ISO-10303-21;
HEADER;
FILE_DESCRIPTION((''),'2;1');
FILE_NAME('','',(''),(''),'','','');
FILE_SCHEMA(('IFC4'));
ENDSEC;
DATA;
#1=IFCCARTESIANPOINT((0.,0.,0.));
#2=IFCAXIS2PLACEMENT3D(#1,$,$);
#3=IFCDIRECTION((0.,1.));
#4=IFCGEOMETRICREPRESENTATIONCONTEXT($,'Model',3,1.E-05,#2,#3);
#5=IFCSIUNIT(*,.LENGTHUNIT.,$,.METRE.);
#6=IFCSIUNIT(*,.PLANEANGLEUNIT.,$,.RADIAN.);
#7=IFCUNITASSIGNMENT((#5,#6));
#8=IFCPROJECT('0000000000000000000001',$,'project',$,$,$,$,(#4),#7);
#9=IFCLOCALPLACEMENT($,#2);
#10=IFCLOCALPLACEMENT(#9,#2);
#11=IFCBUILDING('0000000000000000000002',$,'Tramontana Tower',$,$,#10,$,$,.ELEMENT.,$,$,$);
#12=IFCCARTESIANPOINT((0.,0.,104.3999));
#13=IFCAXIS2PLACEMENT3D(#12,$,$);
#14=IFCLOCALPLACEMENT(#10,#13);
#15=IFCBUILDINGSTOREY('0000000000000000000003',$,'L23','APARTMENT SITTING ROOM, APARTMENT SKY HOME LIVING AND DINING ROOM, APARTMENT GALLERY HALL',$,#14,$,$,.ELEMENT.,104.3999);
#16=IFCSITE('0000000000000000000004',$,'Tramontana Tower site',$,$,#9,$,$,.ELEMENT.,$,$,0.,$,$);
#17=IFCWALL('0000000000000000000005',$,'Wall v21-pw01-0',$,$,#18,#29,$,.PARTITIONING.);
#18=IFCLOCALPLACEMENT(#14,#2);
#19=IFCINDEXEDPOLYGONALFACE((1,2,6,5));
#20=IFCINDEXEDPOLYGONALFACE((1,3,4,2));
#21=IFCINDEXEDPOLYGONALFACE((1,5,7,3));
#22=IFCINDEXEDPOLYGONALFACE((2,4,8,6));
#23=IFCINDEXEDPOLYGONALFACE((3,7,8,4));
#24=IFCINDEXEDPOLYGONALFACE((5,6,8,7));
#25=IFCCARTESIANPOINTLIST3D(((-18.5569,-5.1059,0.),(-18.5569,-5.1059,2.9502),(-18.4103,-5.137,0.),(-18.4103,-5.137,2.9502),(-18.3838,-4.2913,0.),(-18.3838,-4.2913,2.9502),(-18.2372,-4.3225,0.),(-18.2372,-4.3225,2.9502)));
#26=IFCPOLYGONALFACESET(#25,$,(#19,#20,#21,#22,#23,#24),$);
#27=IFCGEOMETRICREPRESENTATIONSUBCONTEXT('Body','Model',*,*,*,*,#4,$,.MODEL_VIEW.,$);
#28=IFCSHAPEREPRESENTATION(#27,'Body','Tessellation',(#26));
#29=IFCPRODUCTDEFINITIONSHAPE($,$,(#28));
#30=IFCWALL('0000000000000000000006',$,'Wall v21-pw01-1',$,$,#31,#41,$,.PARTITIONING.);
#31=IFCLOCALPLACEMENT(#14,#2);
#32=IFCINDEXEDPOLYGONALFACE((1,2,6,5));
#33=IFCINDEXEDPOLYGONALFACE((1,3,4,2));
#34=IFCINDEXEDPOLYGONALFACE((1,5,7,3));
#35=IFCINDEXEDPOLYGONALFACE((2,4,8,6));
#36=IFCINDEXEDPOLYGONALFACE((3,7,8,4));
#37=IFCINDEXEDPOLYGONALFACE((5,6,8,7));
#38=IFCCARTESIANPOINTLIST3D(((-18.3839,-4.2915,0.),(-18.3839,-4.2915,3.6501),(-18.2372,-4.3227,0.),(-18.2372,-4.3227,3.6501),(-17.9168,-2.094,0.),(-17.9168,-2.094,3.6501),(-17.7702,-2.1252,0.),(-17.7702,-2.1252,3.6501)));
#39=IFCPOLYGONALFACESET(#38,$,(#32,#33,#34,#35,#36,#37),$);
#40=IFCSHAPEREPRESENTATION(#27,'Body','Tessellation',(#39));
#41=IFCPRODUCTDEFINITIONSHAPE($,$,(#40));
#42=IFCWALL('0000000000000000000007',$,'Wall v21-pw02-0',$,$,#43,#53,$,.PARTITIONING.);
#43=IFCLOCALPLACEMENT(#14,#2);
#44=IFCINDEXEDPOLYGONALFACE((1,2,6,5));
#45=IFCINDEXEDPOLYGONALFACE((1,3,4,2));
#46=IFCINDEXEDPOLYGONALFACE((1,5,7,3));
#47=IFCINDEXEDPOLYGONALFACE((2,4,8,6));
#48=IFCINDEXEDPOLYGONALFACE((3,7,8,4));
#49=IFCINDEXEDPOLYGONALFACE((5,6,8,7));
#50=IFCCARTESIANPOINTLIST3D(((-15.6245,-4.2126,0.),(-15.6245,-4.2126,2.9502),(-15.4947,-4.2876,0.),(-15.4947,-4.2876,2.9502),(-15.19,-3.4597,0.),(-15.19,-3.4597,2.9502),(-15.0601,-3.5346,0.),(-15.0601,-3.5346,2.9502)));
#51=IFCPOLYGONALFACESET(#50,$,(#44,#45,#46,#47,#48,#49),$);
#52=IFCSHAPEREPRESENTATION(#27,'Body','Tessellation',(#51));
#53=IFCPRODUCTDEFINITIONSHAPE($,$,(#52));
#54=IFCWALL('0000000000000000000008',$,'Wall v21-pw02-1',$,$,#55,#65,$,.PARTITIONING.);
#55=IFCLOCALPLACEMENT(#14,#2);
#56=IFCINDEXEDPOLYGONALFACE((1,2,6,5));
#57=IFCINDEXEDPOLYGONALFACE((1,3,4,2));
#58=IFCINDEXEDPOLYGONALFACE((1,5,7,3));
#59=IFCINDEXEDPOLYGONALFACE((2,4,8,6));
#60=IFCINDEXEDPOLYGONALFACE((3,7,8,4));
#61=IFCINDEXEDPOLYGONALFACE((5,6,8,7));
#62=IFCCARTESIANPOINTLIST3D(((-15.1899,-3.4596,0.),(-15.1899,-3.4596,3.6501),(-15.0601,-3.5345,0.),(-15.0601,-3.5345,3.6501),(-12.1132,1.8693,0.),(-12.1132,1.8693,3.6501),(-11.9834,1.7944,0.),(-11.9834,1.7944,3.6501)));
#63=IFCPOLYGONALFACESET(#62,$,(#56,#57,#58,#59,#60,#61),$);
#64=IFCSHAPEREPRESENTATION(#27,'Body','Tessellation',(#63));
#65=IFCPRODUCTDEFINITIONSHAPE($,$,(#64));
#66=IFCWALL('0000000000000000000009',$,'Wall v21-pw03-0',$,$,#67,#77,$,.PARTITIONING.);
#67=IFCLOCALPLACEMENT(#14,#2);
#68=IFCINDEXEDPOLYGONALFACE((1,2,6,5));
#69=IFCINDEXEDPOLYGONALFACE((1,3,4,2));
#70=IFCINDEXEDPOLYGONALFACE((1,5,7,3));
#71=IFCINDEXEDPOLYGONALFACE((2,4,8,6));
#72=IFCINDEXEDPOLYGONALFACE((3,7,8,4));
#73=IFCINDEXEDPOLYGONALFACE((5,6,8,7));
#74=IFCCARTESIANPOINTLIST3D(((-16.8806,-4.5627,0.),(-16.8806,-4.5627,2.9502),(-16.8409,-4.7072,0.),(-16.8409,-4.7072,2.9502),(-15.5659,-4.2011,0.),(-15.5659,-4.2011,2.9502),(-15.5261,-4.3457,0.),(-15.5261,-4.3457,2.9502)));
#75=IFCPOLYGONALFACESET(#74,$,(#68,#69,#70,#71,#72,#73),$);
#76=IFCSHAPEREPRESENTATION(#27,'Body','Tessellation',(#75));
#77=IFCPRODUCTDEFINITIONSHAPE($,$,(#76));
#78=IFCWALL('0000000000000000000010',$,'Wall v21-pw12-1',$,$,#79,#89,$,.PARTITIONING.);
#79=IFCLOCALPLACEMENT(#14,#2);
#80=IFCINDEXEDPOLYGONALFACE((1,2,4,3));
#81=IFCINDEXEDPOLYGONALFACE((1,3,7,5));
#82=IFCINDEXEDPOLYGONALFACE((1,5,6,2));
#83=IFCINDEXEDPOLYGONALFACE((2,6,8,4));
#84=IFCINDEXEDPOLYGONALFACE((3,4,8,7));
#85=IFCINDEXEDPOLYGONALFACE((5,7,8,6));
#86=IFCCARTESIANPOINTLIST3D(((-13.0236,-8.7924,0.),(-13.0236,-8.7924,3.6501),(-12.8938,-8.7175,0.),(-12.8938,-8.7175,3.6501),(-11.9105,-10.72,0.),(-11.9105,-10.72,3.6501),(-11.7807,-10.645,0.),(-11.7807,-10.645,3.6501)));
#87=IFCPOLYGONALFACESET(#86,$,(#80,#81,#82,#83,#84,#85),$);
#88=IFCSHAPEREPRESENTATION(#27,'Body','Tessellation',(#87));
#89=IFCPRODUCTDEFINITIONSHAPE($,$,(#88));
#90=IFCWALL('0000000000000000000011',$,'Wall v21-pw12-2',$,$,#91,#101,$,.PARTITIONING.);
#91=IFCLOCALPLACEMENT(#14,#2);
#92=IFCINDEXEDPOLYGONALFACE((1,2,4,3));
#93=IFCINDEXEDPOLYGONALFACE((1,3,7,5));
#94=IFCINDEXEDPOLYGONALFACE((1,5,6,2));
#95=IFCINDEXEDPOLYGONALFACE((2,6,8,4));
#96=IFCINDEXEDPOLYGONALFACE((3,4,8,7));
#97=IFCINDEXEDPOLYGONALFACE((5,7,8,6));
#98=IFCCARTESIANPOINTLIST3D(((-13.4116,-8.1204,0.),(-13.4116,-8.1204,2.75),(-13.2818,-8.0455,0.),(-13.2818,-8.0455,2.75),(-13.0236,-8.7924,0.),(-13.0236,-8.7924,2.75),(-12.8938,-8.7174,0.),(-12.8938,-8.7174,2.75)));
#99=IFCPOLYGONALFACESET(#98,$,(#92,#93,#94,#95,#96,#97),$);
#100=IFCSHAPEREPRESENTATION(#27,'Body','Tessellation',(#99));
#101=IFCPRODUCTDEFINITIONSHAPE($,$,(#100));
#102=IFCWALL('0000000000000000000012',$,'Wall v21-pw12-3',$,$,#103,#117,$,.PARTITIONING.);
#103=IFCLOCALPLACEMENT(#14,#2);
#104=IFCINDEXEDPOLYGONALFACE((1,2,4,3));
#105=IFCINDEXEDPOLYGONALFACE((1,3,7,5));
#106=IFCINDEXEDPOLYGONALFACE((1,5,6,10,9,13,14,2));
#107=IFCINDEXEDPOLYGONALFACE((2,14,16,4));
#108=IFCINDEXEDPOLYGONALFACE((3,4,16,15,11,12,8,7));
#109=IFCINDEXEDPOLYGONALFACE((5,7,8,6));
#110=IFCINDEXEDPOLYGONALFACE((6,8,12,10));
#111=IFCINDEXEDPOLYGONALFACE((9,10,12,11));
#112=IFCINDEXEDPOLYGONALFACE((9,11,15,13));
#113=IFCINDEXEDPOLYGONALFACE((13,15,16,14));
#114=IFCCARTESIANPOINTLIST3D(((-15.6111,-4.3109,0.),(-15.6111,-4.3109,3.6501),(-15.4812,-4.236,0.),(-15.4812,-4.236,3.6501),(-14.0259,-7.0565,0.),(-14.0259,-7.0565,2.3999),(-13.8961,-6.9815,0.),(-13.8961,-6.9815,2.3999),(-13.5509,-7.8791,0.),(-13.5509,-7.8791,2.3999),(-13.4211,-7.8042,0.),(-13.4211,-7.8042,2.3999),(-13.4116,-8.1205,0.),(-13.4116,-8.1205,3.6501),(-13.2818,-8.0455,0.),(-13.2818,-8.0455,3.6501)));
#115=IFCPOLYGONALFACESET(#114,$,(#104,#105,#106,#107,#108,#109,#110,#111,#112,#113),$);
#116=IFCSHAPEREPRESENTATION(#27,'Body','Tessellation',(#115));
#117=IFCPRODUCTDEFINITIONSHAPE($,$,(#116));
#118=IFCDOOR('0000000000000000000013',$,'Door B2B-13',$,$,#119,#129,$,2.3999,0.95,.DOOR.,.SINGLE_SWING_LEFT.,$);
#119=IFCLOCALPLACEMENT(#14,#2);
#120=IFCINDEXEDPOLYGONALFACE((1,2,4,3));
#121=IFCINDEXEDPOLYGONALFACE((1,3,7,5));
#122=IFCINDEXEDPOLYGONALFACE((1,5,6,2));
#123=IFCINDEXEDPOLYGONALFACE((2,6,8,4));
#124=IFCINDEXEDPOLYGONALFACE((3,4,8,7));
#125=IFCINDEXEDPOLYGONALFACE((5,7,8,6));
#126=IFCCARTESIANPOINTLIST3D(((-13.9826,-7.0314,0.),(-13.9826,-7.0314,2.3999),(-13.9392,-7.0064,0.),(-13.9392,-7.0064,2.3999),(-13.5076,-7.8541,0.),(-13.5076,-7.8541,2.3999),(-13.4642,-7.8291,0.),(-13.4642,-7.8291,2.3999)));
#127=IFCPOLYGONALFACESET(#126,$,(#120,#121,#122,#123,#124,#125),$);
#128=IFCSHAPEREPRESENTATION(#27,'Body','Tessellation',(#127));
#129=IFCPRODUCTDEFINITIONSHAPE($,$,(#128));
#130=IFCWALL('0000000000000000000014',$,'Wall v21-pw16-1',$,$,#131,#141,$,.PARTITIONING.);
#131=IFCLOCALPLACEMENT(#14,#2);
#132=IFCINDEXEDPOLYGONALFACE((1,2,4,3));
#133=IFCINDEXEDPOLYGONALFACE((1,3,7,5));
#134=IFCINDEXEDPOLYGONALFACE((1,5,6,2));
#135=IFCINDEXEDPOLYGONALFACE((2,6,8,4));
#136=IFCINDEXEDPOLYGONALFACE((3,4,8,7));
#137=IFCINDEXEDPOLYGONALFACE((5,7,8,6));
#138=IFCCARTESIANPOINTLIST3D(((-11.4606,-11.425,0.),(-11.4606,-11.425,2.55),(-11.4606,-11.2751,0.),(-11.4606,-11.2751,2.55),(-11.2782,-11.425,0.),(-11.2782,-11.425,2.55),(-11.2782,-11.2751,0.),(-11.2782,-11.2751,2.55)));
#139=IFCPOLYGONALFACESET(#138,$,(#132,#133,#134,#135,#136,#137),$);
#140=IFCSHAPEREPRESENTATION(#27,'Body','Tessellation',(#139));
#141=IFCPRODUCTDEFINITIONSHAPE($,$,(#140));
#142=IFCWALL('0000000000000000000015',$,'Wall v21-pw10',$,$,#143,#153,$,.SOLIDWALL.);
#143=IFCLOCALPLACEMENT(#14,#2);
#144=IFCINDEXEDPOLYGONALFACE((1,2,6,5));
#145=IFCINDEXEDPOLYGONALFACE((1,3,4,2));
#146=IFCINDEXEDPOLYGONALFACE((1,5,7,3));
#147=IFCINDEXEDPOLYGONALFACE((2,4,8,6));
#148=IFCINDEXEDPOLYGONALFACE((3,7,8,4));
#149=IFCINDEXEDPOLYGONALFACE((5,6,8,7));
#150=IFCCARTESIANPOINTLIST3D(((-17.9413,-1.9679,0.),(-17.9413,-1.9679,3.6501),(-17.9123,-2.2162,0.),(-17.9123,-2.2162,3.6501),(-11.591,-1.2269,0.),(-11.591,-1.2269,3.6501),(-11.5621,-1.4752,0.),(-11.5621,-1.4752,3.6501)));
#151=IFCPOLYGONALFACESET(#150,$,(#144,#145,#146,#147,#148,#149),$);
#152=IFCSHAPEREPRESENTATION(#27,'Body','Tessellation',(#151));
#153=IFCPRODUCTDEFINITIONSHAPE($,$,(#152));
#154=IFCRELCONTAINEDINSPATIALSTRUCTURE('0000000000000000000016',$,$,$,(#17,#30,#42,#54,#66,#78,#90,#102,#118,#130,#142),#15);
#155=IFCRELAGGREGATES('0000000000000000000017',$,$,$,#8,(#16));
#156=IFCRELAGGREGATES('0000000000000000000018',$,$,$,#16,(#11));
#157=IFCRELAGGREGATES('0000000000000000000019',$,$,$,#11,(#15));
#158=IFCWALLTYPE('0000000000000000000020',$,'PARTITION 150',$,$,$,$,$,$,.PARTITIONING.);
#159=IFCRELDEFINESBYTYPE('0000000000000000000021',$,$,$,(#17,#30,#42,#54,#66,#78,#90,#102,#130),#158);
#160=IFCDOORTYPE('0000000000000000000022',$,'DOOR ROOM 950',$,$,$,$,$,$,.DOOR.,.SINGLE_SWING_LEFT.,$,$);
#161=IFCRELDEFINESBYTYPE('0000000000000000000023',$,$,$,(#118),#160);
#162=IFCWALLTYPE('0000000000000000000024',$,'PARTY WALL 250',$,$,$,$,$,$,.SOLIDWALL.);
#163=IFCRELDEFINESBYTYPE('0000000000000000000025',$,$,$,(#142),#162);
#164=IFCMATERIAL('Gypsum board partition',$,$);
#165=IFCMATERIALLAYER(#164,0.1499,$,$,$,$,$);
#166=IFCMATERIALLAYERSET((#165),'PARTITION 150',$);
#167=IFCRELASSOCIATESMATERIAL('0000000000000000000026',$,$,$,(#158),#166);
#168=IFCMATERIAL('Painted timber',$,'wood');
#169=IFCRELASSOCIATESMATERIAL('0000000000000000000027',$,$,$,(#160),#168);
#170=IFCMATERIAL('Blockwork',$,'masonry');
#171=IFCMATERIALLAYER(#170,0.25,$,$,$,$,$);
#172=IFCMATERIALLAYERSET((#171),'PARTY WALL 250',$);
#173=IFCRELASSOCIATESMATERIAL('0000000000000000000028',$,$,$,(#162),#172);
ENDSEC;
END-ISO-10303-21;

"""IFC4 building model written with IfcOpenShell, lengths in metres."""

from ifc_helpers import new_model, si_unit, direction, frame, frame_2d, origin, place, context, subcontext, project, spatial, rectangle, extrude, material, layer, layer_set, type_object, element, fill, save


model = new_model("IFC4")

# Units and contexts
model_context = context("Model", 3, precision=1e-05, world=origin(), true_north=direction((0.0, 1.0)))
body_context = subcontext(model_context, "Body", "Model", "MODEL_VIEW")
ifc_project = project(units=[si_unit("LENGTHUNIT", "METRE"), si_unit("PLANEANGLEUNIT", "RADIAN")], contexts=[model_context])

# Site, building, storey
site_placement = place(None, origin())
site = spatial("IfcSite", under=ifc_project, at=site_placement, Name="Tramontana Tower site", CompositionType="ELEMENT", RefElevation=0.0)
building_placement = place(site_placement, origin())
building = spatial("IfcBuilding", under=site, at=building_placement, Name="Tramontana Tower", CompositionType="ELEMENT")
storey_placement = place(building_placement, frame((0.0, 0.0, 104.3999)))
storey = spatial("IfcBuildingStorey", under=building, at=storey_placement, Name="L23", Description="APARTMENT SITTING ROOM, APARTMENT SKY HOME LIVING AND DINING ROOM, APARTMENT GALLERY HALL", CompositionType="ELEMENT", Elevation=104.3999)

# Walls
ifc_material_1 = material(Name="Gypsum board partition")
ifc_layer_1 = layer(ifc_material_1, 0.1499)
ifc_layer_set_1 = layer_set([ifc_layer_1], Name="PARTITION 150")
wall_type_1 = type_object("IfcWallType", Name="PARTITION 150", PredefinedType="PARTITIONING", material=ifc_layer_set_1)
wall_1_placement = place(storey_placement, frame((-18.4836, -5.1216, 0.0), z_axis=(0.0, 0.0, 1.0), x_axis=(0.207887, 0.978153, 0.0)))
element("IfcWall", 1, at=wall_1_placement, inside=storey, type_object=wall_type_1, Name="Wall v21-pw01-0", PredefinedType="PARTITIONING", context=body_context, shape_type="SweptSolid", body=[
    extrude(rectangle(XDim=0.8328, YDim=0.1499, at=frame_2d((0.4165, 0.0))), origin(), (0.0, 0.0, 1.0), 2.9502),
])
wall_2_placement = place(storey_placement, frame((-18.3105, -4.3071, 0.0), z_axis=(0.0, 0.0, 1.0), x_axis=(0.207889, 0.978152, 0.0)))
element("IfcWall", 2, at=wall_2_placement, inside=storey, type_object=wall_type_1, Name="Wall v21-pw01-1", PredefinedType="PARTITIONING", context=body_context, shape_type="SweptSolid", body=[
    extrude(rectangle(XDim=2.2466, YDim=0.1499, at=frame_2d((1.1233, 0.0))), origin(), (0.0, 0.0, 1.0), 3.6501),
])
wall_3_placement = place(storey_placement, frame((-15.5596, -4.25, 0.0), z_axis=(0.0, 0.0, 1.0), x_axis=(0.499885, 0.866092, 0.0)))
element("IfcWall", 3, at=wall_3_placement, inside=storey, type_object=wall_type_1, Name="Wall v21-pw02-0", PredefinedType="PARTITIONING", context=body_context, shape_type="SweptSolid", body=[
    extrude(rectangle(XDim=0.8694, YDim=0.1499, at=frame_2d((0.4346, 0.0))), origin(), (0.0, 0.0, 1.0), 2.9502),
])
wall_4_placement = place(storey_placement, frame((-15.125, -3.4971, 0.0), z_axis=(0.0, 0.0, 1.0), x_axis=(0.500005, 0.866022, 0.0)))
element("IfcWall", 4, at=wall_4_placement, inside=storey, type_object=wall_type_1, Name="Wall v21-pw02-1", PredefinedType="PARTITIONING", context=body_context, shape_type="SweptSolid", body=[
    extrude(rectangle(XDim=6.1533, YDim=0.1499, at=frame_2d((3.0767, 0.0))), origin(), (0.0, 0.0, 1.0), 3.6501),
])
wall_5_placement = place(storey_placement, frame((-15.5461, -4.2734, 0.0), z_axis=(0.0, 0.0, 1.0), x_axis=(-0.9642, -0.265177, 0.0)))
element("IfcWall", 5, at=wall_5_placement, inside=storey, type_object=wall_type_1, Name="Wall v21-pw03-0", PredefinedType="PARTITIONING", context=body_context, shape_type="SweptSolid", body=[
    extrude(rectangle(XDim=1.3635, YDim=0.1499, at=frame_2d((0.6816, 0.0))), origin(), (0.0, 0.0, 1.0), 2.9502),
])

# Walls
wall_6_placement = place(storey_placement, frame((-11.8457, -10.6824, 0.0), z_axis=(0.0, 0.0, 1.0), x_axis=(-0.500067, 0.865986, 0.0)))
element("IfcWall", 6, at=wall_6_placement, inside=storey, type_object=wall_type_1, Name="Wall v21-pw12-1", PredefinedType="PARTITIONING", context=body_context, shape_type="SweptSolid", body=[
    extrude(rectangle(XDim=2.2258, YDim=0.1499, at=frame_2d((1.1128, 0.0))), origin(), (0.0, 0.0, 1.0), 3.6501),
])
wall_7_placement = place(storey_placement, frame((-12.9587, -8.7549, 0.0), z_axis=(0.0, 0.0, 1.0), x_axis=(-0.500031, 0.866007, 0.0)))
element("IfcWall", 7, at=wall_7_placement, inside=storey, type_object=wall_type_1, Name="Wall v21-pw12-2", PredefinedType="PARTITIONING", context=body_context, shape_type="SweptSolid", body=[
    extrude(rectangle(XDim=0.7759, YDim=0.1499, at=frame_2d((0.3879, 0.0))), origin(), (0.0, 0.0, 1.0), 2.75),
])

# Wall, opening, door
wall_8_placement = place(storey_placement, frame((-13.3467, -8.083, 0.0), z_axis=(0.0, 0.0, 1.0), x_axis=(-0.500001, 0.866025, 0.0)))
wall_8 = element("IfcWall", 8, at=wall_8_placement, inside=storey, type_object=wall_type_1, Name="Wall v21-pw12-3", PredefinedType="PARTITIONING", context=body_context, shape_type="SweptSolid", body=[
    extrude(rectangle(XDim=4.3989, YDim=0.1499, at=frame_2d((2.1995, 0.0))), origin(), (0.0, 0.0, 1.0), 3.6501),
])
opening_1_placement = place(wall_8_placement, frame((0.2786, 0.0, 0.0)))
opening_1 = element("IfcOpeningElement", 9, at=opening_1_placement, cuts=wall_8, PredefinedType="OPENING", context=body_context, shape_type="SweptSolid", body=[
    extrude(rectangle(XDim=0.95, YDim=2.3999, at=frame_2d((0.4751, 1.2))), frame((0.0, 0.085, 0.0), z_axis=(0.0, -1.0, 0.0), x_axis=(1.0, 0.0, 0.0)), (0.0, 0.0, 1.0), 0.1699),
])
ifc_material_2 = material(Name="Painted timber", Category="wood")
door_type_1 = type_object("IfcDoorType", Name="DOOR ROOM 950", OperationType="SINGLE_SWING_LEFT", PredefinedType="DOOR", material=ifc_material_2)
door_1_placement = place(opening_1_placement, origin())
door_1 = element("IfcDoor", 10, at=door_1_placement, inside=storey, type_object=door_type_1, Name="Door B2B-13", OperationType="SINGLE_SWING_LEFT", OverallHeight=2.3999, OverallWidth=0.95, PredefinedType="DOOR", context=body_context, shape_type="SweptSolid", body=[
    extrude(rectangle(XDim=0.95, YDim=2.3999, at=frame_2d((0.4751, 1.2))), frame((0.0, 0.0249, 0.0), z_axis=(0.0, -1.0, 0.0), x_axis=(1.0, 0.0, 0.0)), (0.0, 0.0, 1.0), 0.05),
])
fill(opening_1, door_1)

# Walls
wall_9_placement = place(storey_placement, frame((-11.2781, -11.3501, 0.0), z_axis=(0.0, 0.0, 1.0), x_axis=(-1.0, 0.0, 0.0)))
element("IfcWall", 11, at=wall_9_placement, inside=storey, type_object=wall_type_1, Name="Wall v21-pw16-1", PredefinedType="PARTITIONING", context=body_context, shape_type="SweptSolid", body=[
    extrude(rectangle(XDim=0.1824, YDim=0.1499, at=frame_2d((0.0913, 0.0))), origin(), (0.0, 0.0, 1.0), 2.55),
])
ifc_material_3 = material(Name="Blockwork", Category="masonry")
ifc_layer_2 = layer(ifc_material_3, 0.25)
ifc_layer_set_2 = layer_set([ifc_layer_2], Name="PARTY WALL 250")
wall_type_2 = type_object("IfcWallType", Name="PARTY WALL 250", PredefinedType="SOLIDWALL", material=ifc_layer_set_2)
wall_10_placement = place(storey_placement, frame((-11.5764, -1.3511, 0.0), z_axis=(0.0, 0.0, 1.0), x_axis=(-0.993261, -0.115895, 0.0)))
element("IfcWall", 12, at=wall_10_placement, inside=storey, type_object=wall_type_2, Name="Wall v21-pw10", PredefinedType="SOLIDWALL", context=body_context, shape_type="SweptSolid", body=[
    extrude(rectangle(XDim=6.3933, YDim=0.25, at=frame_2d((3.1968, 0.0))), origin(), (0.0, 0.0, 1.0), 3.6501),
])

save(model, "model.ifc")
